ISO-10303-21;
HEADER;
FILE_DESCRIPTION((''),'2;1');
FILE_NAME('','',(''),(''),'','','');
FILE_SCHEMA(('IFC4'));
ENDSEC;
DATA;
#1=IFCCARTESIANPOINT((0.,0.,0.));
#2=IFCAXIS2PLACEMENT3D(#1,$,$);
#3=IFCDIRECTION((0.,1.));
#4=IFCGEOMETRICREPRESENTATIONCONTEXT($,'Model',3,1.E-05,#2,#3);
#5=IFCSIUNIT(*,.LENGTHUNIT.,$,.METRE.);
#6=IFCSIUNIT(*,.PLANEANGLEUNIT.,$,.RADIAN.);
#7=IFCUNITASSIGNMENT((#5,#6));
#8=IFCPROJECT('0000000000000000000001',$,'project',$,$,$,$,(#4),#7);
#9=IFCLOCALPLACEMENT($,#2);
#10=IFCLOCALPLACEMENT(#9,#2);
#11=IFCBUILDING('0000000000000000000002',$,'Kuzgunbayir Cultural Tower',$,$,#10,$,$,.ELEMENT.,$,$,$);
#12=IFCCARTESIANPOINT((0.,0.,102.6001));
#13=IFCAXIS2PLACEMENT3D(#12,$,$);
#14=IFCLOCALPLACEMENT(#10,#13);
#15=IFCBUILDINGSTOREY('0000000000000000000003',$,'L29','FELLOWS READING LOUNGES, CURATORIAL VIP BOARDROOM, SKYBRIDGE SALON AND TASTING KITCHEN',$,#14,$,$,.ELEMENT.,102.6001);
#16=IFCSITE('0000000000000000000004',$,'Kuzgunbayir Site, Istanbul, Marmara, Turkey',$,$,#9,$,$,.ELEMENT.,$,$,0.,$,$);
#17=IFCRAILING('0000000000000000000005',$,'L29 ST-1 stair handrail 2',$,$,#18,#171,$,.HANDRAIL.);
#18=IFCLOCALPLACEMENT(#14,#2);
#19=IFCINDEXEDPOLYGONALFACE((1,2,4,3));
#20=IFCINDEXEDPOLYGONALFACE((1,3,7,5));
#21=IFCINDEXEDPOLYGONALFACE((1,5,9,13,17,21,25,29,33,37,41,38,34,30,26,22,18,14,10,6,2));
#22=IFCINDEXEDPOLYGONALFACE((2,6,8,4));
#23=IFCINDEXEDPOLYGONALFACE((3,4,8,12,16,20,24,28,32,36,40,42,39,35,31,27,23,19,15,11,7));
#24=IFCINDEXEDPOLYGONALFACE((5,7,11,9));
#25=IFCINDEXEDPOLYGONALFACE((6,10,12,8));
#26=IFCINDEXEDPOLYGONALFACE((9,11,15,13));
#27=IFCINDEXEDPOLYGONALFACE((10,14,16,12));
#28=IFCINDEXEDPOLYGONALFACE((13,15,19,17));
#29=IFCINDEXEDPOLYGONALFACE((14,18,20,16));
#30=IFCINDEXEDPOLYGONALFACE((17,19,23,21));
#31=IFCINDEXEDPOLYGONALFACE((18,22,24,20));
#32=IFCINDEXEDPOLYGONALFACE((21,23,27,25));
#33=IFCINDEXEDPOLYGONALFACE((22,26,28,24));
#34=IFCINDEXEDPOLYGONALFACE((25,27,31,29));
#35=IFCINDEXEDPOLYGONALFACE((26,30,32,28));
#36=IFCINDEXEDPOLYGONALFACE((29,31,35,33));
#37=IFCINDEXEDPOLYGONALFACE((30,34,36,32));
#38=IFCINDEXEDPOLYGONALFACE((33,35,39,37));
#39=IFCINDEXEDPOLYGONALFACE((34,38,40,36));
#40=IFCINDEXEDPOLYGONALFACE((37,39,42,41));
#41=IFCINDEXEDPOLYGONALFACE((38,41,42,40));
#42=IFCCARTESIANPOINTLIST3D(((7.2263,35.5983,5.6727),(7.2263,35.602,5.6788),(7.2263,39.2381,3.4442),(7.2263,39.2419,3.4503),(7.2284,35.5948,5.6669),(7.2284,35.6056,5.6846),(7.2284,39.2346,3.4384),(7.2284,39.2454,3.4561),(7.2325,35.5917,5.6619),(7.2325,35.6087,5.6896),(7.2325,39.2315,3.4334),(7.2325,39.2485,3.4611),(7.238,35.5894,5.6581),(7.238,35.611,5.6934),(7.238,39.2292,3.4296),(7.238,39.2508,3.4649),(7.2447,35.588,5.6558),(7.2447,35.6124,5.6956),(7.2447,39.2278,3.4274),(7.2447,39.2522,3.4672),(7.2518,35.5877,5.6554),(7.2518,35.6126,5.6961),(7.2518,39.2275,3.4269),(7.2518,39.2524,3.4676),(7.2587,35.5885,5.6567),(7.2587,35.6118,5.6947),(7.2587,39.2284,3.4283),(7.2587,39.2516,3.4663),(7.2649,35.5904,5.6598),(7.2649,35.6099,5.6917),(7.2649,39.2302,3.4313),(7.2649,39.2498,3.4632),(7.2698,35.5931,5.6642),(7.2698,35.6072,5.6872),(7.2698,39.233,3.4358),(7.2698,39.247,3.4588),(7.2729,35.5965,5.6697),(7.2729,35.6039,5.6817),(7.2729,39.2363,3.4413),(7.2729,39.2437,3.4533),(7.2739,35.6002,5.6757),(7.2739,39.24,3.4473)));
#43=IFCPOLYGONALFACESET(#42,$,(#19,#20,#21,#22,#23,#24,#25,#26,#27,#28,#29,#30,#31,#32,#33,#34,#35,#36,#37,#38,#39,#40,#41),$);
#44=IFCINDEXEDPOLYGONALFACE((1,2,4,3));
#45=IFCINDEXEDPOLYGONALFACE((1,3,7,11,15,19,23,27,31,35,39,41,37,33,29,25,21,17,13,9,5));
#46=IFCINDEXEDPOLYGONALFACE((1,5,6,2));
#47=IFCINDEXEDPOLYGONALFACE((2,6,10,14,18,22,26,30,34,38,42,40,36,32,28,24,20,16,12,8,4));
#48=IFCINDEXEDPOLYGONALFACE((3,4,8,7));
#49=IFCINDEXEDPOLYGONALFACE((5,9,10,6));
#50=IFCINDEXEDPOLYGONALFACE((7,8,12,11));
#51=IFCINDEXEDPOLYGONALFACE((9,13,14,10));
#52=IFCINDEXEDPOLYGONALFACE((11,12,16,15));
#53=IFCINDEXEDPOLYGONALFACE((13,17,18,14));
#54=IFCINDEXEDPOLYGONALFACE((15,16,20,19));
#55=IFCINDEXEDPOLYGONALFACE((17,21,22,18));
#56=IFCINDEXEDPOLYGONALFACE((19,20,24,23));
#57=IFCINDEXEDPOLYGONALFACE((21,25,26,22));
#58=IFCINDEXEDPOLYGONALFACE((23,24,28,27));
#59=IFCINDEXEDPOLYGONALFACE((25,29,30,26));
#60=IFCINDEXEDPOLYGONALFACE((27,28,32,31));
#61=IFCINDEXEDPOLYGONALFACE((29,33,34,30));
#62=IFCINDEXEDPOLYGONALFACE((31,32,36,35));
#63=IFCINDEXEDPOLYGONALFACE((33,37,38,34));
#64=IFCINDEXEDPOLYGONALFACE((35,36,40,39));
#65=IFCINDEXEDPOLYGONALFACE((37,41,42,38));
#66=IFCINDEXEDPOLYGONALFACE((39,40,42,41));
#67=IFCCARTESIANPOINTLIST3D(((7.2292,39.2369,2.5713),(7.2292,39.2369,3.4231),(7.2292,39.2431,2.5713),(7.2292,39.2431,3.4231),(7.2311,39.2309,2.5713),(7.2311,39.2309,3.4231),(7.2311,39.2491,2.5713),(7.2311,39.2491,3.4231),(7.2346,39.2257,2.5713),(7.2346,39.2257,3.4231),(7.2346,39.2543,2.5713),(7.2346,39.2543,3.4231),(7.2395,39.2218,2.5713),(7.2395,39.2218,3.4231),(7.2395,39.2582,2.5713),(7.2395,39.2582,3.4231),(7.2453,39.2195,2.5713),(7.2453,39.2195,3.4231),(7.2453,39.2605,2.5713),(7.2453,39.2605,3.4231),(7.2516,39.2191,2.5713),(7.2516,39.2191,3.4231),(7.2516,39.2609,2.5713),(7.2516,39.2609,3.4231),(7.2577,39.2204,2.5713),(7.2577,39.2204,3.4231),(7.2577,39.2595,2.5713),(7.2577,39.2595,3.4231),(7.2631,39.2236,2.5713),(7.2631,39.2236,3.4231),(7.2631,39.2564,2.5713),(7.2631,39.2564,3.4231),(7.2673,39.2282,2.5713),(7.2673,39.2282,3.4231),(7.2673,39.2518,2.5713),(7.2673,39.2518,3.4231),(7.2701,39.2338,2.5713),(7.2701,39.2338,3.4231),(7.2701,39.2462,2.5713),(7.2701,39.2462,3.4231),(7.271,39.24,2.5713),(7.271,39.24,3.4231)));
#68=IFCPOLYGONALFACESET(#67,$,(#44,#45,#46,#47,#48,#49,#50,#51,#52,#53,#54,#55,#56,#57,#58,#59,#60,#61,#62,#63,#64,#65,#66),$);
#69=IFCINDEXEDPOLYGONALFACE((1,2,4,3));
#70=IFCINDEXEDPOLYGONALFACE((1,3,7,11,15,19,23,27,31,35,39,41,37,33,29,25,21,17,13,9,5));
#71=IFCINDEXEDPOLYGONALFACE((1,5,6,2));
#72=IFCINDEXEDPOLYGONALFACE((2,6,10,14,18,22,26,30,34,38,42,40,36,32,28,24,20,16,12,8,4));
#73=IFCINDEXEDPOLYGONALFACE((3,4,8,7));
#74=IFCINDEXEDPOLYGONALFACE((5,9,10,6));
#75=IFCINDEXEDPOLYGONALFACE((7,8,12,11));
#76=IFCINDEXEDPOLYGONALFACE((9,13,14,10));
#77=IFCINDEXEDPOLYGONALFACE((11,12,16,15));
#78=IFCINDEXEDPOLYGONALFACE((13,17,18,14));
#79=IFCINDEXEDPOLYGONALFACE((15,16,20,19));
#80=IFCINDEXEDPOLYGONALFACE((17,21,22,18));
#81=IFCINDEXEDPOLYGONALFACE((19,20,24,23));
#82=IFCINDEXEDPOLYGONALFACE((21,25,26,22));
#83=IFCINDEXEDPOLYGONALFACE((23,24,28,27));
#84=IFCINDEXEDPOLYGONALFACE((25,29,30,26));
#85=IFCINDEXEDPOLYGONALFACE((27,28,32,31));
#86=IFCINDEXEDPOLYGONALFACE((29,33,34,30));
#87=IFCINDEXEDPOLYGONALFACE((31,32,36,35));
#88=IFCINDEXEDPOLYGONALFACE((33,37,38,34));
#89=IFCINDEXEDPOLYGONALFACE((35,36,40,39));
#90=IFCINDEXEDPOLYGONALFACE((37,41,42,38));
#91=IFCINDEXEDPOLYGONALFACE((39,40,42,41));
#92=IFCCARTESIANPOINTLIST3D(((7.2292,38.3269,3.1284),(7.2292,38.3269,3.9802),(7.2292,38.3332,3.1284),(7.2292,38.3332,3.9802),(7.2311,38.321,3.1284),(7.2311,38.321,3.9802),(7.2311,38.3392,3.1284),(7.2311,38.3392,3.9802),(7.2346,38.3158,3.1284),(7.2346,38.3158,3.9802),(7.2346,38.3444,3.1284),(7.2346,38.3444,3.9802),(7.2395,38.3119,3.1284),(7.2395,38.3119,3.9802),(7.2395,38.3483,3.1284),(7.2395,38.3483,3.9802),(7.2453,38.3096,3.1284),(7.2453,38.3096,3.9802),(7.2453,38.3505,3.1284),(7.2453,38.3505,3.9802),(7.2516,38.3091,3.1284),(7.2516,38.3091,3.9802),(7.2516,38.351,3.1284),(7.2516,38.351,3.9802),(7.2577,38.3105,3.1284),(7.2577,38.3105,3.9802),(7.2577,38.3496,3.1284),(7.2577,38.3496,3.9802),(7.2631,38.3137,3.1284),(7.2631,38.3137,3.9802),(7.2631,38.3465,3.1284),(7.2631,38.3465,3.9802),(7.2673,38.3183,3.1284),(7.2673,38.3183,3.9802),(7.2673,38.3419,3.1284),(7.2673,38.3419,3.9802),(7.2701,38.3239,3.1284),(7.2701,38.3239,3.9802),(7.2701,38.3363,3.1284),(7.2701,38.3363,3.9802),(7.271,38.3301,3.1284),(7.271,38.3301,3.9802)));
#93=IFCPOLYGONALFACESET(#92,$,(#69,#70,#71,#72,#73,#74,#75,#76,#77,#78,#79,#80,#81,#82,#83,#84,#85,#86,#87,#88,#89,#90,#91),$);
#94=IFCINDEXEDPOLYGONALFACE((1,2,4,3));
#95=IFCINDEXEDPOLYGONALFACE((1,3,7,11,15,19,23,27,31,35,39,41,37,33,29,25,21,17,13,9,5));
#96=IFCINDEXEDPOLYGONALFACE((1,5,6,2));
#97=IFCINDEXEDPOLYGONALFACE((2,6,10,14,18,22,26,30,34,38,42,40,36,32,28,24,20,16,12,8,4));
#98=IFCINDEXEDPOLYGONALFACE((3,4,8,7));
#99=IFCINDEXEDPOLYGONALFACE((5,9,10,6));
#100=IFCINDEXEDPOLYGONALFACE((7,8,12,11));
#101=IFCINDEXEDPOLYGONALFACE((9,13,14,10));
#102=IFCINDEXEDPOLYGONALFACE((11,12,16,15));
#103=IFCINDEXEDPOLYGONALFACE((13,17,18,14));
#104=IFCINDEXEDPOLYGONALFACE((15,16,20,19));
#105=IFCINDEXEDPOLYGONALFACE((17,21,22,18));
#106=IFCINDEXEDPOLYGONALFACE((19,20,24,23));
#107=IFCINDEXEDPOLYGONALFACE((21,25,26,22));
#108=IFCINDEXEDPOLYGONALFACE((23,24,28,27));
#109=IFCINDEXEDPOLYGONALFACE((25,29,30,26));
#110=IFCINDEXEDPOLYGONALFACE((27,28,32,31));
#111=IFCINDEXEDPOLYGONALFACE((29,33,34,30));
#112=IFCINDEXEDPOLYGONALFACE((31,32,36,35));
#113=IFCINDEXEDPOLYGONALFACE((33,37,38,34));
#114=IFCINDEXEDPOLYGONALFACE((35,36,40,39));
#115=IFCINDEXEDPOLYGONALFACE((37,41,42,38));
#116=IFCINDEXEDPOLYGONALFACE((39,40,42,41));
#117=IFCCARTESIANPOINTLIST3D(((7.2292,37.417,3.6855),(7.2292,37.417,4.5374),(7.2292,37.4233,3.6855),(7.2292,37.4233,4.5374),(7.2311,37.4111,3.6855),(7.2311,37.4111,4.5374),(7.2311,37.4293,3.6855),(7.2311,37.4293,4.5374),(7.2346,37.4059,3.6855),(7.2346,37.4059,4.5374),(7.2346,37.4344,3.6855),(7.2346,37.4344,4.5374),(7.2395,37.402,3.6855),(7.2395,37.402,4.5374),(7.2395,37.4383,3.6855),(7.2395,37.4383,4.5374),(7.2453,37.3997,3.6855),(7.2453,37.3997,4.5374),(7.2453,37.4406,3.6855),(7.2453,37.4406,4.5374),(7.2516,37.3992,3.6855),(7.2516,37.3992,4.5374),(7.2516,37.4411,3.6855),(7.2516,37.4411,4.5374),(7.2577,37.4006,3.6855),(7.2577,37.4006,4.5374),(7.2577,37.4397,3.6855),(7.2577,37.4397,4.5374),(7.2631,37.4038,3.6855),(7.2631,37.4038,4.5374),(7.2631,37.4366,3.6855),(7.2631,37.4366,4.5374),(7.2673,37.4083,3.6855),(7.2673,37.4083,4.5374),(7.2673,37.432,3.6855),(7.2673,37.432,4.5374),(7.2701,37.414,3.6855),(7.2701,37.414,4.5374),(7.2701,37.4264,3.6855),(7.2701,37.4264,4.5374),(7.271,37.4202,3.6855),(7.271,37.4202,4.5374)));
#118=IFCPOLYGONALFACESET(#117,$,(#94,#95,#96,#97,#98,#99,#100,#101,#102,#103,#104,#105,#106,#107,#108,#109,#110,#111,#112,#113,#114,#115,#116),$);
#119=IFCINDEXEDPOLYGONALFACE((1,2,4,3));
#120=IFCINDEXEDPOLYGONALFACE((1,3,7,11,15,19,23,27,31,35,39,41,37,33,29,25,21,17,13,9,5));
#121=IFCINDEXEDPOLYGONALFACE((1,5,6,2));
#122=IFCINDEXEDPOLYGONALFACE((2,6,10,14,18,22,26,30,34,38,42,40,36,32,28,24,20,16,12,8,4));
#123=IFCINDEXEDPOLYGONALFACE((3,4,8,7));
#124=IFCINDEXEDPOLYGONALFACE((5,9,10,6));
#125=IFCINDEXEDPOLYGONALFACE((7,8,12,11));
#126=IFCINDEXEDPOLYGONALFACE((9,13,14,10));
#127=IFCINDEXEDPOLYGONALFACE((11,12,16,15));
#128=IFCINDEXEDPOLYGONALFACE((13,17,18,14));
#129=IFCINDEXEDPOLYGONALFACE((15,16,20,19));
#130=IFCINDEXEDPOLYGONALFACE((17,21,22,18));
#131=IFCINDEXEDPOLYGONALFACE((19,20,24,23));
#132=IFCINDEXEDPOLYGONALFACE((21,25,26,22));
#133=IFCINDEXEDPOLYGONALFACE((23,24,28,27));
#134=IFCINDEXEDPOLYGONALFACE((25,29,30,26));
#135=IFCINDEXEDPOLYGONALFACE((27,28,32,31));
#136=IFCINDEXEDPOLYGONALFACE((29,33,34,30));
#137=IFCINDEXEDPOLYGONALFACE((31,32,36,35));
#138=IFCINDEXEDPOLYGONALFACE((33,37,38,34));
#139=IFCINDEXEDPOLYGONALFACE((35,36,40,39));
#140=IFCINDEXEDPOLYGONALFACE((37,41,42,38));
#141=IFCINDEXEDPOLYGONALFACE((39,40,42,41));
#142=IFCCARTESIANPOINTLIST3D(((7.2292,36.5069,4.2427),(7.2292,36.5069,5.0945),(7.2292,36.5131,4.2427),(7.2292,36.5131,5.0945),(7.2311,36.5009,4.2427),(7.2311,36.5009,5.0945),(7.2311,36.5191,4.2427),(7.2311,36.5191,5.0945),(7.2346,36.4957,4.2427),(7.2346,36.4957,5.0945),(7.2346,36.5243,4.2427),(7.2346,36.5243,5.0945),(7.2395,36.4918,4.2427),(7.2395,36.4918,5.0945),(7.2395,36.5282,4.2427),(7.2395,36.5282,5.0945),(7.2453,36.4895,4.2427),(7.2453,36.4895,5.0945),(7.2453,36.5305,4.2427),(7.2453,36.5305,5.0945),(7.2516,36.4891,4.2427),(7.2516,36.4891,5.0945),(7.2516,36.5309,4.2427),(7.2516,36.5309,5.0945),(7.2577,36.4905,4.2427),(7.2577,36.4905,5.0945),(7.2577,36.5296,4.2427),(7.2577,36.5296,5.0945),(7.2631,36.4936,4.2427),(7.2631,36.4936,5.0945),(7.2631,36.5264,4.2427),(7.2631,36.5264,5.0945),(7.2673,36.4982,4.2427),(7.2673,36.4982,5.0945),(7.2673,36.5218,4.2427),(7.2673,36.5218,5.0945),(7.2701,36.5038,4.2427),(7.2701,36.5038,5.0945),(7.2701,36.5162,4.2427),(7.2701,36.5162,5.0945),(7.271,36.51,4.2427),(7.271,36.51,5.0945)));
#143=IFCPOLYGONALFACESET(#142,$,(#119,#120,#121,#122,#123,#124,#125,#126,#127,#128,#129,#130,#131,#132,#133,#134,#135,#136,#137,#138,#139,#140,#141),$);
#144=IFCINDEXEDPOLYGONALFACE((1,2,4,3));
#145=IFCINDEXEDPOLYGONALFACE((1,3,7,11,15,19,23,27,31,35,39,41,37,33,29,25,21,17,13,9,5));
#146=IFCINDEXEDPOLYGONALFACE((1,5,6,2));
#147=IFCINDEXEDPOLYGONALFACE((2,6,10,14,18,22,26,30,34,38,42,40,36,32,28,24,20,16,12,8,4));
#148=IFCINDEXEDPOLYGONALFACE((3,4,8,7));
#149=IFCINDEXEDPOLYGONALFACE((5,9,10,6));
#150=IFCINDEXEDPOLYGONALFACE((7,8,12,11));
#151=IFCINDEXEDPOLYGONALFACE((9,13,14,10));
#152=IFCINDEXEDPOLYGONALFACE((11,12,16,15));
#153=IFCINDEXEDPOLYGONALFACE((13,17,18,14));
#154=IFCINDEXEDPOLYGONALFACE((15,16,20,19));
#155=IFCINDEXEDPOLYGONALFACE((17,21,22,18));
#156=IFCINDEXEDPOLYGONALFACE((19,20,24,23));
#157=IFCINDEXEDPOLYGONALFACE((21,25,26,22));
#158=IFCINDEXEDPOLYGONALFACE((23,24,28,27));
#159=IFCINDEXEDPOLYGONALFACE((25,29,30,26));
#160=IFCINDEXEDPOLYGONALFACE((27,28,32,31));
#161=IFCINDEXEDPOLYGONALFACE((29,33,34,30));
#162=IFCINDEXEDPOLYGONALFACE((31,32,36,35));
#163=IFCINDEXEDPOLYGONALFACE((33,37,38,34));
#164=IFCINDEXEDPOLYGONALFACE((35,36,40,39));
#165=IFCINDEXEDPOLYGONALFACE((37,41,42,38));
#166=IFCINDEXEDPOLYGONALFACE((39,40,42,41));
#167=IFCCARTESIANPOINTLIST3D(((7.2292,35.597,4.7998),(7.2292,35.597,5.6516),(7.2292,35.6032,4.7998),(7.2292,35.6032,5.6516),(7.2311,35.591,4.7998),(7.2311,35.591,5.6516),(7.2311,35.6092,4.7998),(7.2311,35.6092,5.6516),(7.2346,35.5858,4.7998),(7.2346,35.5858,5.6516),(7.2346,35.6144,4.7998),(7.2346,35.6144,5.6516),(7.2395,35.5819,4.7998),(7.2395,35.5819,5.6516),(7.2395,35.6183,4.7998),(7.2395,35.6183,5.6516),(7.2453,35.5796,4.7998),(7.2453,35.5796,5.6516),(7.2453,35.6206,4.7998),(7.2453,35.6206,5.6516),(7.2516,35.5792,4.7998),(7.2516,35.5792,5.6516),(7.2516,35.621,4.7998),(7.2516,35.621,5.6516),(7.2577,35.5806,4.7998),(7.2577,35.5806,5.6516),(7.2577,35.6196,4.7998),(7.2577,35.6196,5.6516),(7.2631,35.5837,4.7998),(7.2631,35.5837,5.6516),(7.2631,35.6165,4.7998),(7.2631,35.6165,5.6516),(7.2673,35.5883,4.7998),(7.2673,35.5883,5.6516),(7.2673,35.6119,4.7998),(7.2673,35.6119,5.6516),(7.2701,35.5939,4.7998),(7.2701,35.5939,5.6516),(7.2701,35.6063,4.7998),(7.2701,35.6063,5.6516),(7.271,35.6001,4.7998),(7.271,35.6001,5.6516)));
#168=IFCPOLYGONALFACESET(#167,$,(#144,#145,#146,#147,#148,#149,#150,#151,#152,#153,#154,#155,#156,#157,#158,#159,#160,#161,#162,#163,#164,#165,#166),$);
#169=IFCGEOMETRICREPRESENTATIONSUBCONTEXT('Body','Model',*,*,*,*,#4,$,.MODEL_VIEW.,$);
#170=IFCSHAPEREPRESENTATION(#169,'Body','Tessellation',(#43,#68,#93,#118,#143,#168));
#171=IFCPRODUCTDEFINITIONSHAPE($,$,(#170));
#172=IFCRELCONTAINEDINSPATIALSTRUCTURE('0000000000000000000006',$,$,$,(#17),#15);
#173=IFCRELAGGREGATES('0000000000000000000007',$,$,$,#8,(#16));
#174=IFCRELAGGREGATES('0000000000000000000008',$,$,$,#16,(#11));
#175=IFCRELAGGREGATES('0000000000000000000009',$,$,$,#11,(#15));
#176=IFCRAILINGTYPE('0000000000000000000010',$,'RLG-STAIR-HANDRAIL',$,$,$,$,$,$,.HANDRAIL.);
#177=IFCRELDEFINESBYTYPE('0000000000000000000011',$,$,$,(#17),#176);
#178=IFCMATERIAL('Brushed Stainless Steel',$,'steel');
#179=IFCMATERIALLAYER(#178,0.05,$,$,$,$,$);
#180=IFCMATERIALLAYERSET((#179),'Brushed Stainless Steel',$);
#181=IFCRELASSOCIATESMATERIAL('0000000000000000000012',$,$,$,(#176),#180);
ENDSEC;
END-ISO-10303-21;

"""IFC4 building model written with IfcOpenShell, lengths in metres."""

from ifc_helpers import new_model, si_unit, direction, frame, origin, origin_2d, place, context, subcontext, project, spatial, circle, extrude, material, layer, layer_set, type_object, element, save


model = new_model("IFC4")

# Units and contexts
model_context = context("Model", 3, precision=1e-05, world=origin(), true_north=direction((0.0, 1.0)))
body_context = subcontext(model_context, "Body", "Model", "MODEL_VIEW")
ifc_project = project(units=[si_unit("LENGTHUNIT", "METRE"), si_unit("PLANEANGLEUNIT", "RADIAN")], contexts=[model_context])

# Site, building, storey
site_placement = place(None, origin())
site = spatial("IfcSite", under=ifc_project, at=site_placement, Name="Kuzgunbayir Site, Istanbul, Marmara, Turkey", CompositionType="ELEMENT", RefElevation=0.0)
building_placement = place(site_placement, origin())
building = spatial("IfcBuilding", under=site, at=building_placement, Name="Kuzgunbayir Cultural Tower", CompositionType="ELEMENT")
storey_placement = place(building_placement, frame((0.0, 0.0, 102.6001)))
storey = spatial("IfcBuildingStorey", under=building, at=storey_placement, Name="L29", Description="FELLOWS READING LOUNGES, CURATORIAL VIP BOARDROOM, SKYBRIDGE SALON AND TASTING KITCHEN", CompositionType="ELEMENT", Elevation=102.6001)

# Shared definitions
ifc_material_1 = material(Name="Brushed Stainless Steel", Category="steel")

# Railing
ifc_layer_1 = layer(ifc_material_1, 0.05)
ifc_layer_set_1 = layer_set([ifc_layer_1], Name="Brushed Stainless Steel")
railing_type_1 = type_object("IfcRailingType", Name="RLG-STAIR-HANDRAIL", PredefinedType="HANDRAIL", material=ifc_layer_set_1)
railing_1_placement = place(storey_placement, frame((7.25, 39.24, 2.5713)))
element("IfcRailing", 1, at=railing_1_placement, inside=storey, type_object=railing_type_1, Name="L29 ST-1 stair handrail 2", PredefinedType="HANDRAIL", context=body_context, shape_type="SweptSolid", body=[
    extrude(circle(Radius=0.0239, at=origin_2d()), frame((0.0, 0.0, 0.876), z_axis=(0.0, -0.85285, 0.522156), x_axis=(1.0, 0.0, 0.0)), (0.0, 0.0, 1.0), 4.2678),
    extrude(circle(Radius=0.021, at=origin_2d()), origin(), (0.0, 0.0, 1.0), 0.8518),
    extrude(circle(Radius=0.021, at=origin_2d()), frame((0.0, -0.9099, 0.5571)), (0.0, 0.0, 1.0), 0.8518),
    extrude(circle(Radius=0.021, at=origin_2d()), frame((0.0, -1.8198, 1.1143)), (0.0, 0.0, 1.0), 0.8518),
    extrude(circle(Radius=0.021, at=origin_2d()), frame((0.0, -2.73, 1.6714)), (0.0, 0.0, 1.0), 0.8518),
    extrude(circle(Radius=0.021, at=origin_2d()), frame((0.0, -3.6399, 2.2285)), (0.0, 0.0, 1.0), 0.8518),
])

save(model, "model.ifc")
